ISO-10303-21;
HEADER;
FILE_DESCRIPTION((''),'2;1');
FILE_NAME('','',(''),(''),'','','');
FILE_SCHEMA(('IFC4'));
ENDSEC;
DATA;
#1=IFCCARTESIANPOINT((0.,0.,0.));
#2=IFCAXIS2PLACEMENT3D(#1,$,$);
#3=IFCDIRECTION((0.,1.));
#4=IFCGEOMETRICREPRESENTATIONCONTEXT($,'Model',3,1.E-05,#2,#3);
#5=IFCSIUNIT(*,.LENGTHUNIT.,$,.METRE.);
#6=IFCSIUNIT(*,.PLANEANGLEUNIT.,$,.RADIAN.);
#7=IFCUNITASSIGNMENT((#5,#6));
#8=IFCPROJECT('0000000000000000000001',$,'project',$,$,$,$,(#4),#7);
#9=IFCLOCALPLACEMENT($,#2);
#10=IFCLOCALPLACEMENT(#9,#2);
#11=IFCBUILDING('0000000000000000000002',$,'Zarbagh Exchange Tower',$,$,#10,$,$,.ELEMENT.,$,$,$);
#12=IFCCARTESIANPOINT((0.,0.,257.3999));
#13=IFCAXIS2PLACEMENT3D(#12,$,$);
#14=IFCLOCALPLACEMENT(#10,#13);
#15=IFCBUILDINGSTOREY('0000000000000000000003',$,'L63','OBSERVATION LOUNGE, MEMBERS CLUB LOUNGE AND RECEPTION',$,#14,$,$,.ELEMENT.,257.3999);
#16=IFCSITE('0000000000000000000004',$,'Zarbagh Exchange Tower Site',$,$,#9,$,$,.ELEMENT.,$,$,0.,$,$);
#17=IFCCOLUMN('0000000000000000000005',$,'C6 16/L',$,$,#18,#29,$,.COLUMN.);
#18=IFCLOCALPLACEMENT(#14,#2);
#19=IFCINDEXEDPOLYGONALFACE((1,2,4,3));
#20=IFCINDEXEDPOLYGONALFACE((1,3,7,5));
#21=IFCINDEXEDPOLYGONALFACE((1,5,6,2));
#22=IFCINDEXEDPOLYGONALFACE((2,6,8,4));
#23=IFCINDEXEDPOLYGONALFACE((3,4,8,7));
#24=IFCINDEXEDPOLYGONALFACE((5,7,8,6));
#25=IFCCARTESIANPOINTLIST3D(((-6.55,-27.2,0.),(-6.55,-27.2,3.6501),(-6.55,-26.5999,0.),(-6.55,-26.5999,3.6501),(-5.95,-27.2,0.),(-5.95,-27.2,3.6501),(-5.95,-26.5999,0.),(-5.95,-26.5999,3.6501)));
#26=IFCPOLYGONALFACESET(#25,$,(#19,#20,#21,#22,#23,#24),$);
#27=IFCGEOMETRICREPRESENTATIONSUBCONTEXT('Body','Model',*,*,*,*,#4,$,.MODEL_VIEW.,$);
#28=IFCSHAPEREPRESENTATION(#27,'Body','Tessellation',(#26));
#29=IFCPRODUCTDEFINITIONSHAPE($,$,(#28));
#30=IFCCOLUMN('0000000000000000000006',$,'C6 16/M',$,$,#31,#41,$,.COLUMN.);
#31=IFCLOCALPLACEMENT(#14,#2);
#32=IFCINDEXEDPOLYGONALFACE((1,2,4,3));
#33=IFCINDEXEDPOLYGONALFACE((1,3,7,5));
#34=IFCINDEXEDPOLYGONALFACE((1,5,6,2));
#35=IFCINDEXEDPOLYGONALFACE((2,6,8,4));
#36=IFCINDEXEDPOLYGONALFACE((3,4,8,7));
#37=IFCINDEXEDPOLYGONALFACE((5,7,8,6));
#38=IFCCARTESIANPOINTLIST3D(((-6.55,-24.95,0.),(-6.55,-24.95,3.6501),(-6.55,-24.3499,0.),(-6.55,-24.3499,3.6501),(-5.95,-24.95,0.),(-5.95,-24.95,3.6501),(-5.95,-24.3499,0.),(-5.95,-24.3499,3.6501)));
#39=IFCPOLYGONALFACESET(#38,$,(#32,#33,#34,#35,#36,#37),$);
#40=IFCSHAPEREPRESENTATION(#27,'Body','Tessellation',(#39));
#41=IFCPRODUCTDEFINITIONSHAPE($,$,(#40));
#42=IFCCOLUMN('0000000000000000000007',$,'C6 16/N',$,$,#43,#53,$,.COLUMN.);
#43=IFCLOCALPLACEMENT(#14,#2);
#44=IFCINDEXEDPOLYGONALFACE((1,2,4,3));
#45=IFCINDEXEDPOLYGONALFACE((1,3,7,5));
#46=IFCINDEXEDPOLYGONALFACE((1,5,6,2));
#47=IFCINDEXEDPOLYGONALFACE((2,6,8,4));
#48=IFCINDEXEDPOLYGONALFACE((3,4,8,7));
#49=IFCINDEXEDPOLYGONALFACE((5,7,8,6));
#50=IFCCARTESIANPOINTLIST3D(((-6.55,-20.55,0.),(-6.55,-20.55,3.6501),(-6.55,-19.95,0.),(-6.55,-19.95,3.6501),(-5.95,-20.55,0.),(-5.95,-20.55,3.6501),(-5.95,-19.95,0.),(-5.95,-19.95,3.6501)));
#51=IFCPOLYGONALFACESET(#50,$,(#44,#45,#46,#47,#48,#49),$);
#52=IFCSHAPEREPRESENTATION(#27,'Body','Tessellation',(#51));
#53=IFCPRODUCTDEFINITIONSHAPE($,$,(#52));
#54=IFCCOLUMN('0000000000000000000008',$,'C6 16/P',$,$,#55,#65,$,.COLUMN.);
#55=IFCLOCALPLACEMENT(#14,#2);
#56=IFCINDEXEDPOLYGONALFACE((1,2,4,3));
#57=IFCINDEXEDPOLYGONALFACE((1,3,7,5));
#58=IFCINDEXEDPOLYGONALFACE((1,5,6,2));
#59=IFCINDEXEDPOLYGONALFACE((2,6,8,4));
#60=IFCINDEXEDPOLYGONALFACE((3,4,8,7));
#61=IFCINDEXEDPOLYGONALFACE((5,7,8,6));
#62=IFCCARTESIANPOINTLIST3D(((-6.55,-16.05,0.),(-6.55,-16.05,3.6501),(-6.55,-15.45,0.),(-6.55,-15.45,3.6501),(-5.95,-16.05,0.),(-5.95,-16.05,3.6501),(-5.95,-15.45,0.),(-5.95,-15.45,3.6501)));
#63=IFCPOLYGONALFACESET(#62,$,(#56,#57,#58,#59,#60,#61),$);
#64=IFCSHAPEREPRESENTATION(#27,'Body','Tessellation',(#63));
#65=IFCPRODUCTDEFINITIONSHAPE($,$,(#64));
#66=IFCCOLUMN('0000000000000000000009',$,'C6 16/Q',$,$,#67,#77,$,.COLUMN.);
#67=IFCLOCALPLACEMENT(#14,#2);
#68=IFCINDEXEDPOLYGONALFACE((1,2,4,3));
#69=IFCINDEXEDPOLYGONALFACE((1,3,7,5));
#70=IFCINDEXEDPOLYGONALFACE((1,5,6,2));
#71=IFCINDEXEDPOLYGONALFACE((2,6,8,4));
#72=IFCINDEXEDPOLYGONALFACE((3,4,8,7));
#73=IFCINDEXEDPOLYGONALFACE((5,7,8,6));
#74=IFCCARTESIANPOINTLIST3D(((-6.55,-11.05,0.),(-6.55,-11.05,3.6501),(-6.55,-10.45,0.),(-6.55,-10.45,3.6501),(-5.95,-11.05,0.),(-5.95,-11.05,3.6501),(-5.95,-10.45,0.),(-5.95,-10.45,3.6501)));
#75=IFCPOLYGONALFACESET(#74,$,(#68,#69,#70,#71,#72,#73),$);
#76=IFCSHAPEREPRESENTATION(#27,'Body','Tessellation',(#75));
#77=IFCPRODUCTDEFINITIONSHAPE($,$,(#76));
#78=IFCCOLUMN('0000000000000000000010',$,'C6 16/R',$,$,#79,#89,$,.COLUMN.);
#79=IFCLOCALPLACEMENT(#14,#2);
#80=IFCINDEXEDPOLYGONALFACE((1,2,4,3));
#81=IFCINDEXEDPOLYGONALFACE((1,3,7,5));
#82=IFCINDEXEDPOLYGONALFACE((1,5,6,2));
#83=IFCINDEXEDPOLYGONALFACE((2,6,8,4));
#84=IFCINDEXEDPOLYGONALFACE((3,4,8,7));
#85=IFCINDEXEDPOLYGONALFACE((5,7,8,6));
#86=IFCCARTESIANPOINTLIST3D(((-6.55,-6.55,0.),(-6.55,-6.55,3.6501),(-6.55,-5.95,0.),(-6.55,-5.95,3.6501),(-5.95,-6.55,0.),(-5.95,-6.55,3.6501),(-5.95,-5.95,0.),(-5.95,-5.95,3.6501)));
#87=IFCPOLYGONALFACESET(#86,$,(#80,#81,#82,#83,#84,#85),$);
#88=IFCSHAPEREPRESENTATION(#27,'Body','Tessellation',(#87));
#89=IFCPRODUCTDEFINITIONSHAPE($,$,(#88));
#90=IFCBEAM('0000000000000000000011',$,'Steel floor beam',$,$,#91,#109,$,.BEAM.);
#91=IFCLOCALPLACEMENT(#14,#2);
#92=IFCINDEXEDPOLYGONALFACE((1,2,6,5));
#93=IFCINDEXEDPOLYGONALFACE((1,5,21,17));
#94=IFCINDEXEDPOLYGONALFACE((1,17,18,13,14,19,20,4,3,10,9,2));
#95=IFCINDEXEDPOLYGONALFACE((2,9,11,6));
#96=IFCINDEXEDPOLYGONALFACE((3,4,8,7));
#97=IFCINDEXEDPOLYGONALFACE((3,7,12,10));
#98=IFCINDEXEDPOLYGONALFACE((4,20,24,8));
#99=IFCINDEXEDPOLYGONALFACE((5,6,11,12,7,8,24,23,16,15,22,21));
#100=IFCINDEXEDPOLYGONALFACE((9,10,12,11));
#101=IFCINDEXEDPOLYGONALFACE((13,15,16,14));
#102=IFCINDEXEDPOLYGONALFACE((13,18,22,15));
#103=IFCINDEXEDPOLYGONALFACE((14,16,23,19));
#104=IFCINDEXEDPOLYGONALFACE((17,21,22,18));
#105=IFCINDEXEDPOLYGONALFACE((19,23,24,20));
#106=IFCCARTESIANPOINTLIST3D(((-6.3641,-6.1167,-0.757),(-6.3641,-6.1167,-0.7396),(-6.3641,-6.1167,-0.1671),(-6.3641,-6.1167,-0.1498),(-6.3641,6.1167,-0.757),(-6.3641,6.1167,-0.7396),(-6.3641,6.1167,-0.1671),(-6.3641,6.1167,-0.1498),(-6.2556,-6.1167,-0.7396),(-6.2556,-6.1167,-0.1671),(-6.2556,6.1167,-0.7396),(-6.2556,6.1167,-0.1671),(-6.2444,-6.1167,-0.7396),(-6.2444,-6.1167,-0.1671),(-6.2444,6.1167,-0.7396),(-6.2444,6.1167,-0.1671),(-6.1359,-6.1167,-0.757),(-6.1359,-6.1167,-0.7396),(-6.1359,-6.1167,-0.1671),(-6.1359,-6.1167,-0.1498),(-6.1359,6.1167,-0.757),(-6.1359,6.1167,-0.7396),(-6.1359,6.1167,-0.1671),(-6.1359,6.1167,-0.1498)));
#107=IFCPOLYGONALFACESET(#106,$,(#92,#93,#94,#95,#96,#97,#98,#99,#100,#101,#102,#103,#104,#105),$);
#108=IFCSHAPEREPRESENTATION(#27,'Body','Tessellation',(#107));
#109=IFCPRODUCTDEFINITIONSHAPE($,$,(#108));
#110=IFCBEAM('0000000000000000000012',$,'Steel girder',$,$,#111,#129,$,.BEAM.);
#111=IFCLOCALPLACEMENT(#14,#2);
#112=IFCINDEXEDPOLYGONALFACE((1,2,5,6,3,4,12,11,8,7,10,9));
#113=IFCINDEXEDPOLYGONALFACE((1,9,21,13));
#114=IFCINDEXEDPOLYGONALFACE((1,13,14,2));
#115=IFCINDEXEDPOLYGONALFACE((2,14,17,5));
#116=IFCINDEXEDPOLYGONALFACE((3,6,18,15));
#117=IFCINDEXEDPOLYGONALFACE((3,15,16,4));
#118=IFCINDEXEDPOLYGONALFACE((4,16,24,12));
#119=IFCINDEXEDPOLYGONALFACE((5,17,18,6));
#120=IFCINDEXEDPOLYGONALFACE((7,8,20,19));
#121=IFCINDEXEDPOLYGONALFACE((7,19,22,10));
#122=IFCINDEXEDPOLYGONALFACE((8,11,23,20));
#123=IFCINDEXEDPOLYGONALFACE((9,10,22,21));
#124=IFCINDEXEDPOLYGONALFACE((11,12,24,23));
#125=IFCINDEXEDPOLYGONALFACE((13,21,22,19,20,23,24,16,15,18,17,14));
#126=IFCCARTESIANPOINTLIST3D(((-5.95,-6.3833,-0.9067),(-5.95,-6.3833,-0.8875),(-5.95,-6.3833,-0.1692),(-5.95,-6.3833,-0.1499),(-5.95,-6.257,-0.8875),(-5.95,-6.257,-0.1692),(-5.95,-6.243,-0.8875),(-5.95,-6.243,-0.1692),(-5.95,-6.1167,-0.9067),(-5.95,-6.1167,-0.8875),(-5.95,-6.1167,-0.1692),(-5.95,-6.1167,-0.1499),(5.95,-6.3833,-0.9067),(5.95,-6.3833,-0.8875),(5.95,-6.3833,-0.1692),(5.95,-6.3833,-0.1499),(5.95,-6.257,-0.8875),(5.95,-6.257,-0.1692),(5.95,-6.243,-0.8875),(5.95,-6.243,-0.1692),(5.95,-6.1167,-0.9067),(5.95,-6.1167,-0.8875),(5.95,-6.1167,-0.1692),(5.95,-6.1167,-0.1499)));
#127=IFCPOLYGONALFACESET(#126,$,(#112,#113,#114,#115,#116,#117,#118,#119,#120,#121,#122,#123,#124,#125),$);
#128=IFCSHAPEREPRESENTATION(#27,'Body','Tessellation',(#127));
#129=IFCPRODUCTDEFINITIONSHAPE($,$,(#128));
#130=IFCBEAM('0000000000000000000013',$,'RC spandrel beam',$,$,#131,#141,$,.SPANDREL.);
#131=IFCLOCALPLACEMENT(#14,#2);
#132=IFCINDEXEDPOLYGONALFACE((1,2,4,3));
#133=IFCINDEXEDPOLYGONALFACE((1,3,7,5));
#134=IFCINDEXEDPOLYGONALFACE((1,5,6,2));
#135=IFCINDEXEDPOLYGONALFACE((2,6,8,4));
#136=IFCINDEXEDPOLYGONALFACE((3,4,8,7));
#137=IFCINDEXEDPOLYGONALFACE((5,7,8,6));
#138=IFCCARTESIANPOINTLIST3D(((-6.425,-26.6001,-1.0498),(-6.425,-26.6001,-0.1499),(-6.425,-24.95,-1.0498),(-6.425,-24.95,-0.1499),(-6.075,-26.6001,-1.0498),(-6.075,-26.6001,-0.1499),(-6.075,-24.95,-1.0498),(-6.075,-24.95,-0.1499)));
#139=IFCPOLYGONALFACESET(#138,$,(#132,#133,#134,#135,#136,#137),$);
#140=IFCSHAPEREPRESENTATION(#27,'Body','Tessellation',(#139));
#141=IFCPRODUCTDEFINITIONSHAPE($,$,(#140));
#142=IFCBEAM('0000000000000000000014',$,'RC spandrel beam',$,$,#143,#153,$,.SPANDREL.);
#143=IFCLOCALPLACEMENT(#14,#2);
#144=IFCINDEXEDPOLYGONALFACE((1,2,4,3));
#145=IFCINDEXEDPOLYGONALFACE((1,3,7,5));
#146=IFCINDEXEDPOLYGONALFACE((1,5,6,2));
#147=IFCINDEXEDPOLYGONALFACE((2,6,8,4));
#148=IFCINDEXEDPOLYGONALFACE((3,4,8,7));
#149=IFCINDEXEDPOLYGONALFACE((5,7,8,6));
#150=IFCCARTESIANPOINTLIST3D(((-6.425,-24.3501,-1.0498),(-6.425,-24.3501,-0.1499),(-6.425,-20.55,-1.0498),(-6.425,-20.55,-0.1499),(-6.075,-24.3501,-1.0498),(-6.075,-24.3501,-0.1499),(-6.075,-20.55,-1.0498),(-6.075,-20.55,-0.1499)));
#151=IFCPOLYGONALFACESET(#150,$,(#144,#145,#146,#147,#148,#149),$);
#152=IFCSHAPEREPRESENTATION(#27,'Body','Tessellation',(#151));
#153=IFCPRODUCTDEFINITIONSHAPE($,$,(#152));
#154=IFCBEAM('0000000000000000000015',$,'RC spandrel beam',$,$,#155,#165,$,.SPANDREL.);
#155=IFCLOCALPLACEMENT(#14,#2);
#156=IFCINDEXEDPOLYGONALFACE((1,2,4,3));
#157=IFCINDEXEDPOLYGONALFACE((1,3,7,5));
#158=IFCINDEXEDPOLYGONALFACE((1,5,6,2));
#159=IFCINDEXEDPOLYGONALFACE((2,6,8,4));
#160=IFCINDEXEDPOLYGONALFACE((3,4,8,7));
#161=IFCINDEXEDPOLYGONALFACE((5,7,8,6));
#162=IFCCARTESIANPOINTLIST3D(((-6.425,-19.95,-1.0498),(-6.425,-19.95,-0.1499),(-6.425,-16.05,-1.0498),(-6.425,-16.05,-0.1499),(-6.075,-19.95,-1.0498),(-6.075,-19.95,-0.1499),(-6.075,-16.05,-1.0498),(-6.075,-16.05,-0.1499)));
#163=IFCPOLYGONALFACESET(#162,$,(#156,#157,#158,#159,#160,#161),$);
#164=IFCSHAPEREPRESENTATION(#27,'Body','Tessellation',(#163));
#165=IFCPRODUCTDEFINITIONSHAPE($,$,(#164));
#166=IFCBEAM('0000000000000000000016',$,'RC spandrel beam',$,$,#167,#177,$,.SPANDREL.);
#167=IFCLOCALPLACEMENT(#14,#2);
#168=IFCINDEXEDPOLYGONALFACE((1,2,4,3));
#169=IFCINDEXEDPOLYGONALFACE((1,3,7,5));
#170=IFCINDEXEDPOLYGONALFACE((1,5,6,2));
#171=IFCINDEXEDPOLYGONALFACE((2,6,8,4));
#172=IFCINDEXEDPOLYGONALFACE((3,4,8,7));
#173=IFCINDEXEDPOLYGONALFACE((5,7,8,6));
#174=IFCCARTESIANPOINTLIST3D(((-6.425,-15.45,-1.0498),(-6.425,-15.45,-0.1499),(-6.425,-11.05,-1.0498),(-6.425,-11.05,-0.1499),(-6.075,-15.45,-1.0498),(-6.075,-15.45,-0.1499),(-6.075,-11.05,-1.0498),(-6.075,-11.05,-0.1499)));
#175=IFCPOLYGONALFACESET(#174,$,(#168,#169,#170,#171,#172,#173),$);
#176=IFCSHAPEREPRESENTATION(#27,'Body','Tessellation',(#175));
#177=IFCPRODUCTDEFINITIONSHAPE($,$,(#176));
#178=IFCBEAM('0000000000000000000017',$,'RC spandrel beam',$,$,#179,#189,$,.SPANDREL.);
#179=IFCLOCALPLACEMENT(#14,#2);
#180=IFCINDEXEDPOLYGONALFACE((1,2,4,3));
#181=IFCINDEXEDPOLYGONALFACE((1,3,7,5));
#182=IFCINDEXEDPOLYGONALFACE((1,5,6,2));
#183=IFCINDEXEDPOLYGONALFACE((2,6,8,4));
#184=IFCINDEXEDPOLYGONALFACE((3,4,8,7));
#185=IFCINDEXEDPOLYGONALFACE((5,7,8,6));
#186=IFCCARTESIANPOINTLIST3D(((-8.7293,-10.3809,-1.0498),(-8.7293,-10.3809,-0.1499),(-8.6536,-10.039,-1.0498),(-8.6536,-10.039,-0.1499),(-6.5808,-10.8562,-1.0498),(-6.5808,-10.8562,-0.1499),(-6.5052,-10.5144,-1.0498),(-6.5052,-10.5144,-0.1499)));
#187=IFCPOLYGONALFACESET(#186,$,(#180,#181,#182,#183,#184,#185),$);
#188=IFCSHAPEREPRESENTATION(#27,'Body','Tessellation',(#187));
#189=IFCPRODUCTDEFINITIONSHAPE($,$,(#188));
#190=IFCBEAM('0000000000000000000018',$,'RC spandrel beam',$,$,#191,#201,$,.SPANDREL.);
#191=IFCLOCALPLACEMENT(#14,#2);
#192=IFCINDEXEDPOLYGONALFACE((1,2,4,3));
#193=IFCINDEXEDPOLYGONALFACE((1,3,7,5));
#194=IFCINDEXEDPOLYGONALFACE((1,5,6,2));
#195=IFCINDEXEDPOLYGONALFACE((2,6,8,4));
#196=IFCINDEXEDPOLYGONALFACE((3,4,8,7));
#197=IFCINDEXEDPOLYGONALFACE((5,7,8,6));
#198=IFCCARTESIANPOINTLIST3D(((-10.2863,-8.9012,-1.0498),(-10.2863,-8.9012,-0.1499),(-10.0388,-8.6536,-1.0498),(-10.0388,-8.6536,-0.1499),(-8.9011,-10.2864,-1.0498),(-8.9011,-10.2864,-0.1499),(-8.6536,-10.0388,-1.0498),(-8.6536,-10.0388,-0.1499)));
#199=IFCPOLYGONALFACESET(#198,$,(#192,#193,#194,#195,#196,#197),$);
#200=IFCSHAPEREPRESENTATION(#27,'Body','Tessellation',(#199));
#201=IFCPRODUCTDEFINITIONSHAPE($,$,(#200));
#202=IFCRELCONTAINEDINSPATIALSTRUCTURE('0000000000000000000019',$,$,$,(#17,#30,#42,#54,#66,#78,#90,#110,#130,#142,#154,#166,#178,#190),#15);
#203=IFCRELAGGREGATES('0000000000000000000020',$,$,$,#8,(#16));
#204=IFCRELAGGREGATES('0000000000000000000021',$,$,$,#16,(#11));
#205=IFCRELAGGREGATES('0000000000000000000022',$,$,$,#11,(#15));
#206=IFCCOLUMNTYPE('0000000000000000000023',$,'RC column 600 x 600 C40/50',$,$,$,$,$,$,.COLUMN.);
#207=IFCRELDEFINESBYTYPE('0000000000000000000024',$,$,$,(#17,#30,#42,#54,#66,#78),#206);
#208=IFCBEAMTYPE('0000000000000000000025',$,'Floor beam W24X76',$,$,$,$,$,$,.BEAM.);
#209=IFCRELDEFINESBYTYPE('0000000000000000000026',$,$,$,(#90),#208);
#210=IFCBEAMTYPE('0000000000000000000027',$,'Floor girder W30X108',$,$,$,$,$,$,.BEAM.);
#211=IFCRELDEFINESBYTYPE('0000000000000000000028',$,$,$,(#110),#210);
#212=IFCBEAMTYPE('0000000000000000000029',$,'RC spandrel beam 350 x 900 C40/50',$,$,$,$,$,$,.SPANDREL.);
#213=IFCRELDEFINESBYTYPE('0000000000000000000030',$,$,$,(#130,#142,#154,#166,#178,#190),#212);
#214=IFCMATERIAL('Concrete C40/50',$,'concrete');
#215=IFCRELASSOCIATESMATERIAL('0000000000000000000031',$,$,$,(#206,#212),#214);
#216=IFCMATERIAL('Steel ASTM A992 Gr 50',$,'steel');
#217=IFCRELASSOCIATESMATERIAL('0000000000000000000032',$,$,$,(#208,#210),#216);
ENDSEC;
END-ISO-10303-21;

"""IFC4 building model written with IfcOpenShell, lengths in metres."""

from ifc_helpers import new_model, si_unit, direction, frame, origin, origin_2d, place, context, subcontext, project, spatial, rectangle, i_section, extrude, material, material_profile, profile_set, type_object, element, save


model = new_model("IFC4")

# Units and contexts
model_context = context("Model", 3, precision=1e-05, world=origin(), true_north=direction((0.0, 1.0)))
body_context = subcontext(model_context, "Body", "Model", "MODEL_VIEW")
ifc_project = project(units=[si_unit("LENGTHUNIT", "METRE"), si_unit("PLANEANGLEUNIT", "RADIAN")], contexts=[model_context])

# Site, building, storey
site_placement = place(None, origin())
site = spatial("IfcSite", under=ifc_project, at=site_placement, Name="Zarbagh Exchange Tower Site", CompositionType="ELEMENT", RefElevation=0.0)
building_placement = place(site_placement, origin())
building = spatial("IfcBuilding", under=site, at=building_placement, Name="Zarbagh Exchange Tower", CompositionType="ELEMENT")
storey_placement = place(building_placement, frame((0.0, 0.0, 257.3999)))
storey = spatial("IfcBuildingStorey", under=building, at=storey_placement, Name="L63", Description="OBSERVATION LOUNGE, MEMBERS CLUB LOUNGE AND RECEPTION", CompositionType="ELEMENT", Elevation=257.3999)

# Columns
ifc_material_1 = material(Name="Concrete C40/50", Category="concrete")
ifc_material_profile_1 = material_profile(ifc_material_1, rectangle(XDim=0.6001, YDim=0.6001, at=origin_2d()), Name="RC column 600 x 600 C40/50")
ifc_profile_set_1 = profile_set([ifc_material_profile_1], Name="Concrete C40/50")
column_type = type_object("IfcColumnType", Name="RC column 600 x 600 C40/50", PredefinedType="COLUMN", material=ifc_profile_set_1)
for number, where, z_axis, x_axis, name in (
    (1, (-6.25, -26.8999, 0.0), (0.0, 0.0, 1.0), (1.0, 0.0, 0.0), "C6 16/L"),
    (2, (-6.25, -24.6499, 0.0), (0.0, 0.0, 1.0), (1.0, 0.0, 0.0), "C6 16/M"),
    (3, (-6.25, -20.25, 0.0), (0.0, 0.0, 1.0), (1.0, 0.0, 0.0), "C6 16/N"),
    (4, (-6.25, -15.75, 0.0), (0.0, 0.0, 1.0), (1.0, 0.0, 0.0), "C6 16/P"),
    (5, (-6.25, -10.75, 0.0), (0.0, 0.0, 1.0), (1.0, 0.0, 0.0), "C6 16/Q"),
    (6, (-6.25, -6.25, 0.0), (0.0, 0.0, 1.0), (1.0, 0.0, 0.0), "C6 16/R"),
):
    element("IfcColumn", number, at=place(storey_placement, frame(where, z_axis=z_axis, x_axis=x_axis)), inside=storey, type_object=column_type, Name=name, PredefinedType="COLUMN", context=body_context, shape_type="SweptSolid", body=[
        extrude(rectangle(XDim=0.6001, YDim=0.6001, at=origin_2d()), origin(), (0.0, 0.0, 1.0), 3.6501),
    ])

# Beams
ifc_material_2 = material(Name="Steel ASTM A992 Gr 50", Category="steel")
ifc_material_profile_2 = material_profile(ifc_material_2, i_section(OverallWidth=0.2283, OverallDepth=0.6072, WebThickness=0.0112, FlangeThickness=0.0173, at=origin_2d()), Name="W24X76")
ifc_profile_set_2 = profile_set([ifc_material_profile_2], Name="Steel ASTM A992 Gr 50")
beam_type_1 = type_object("IfcBeamType", Name="Floor beam W24X76", PredefinedType="BEAM", material=ifc_profile_set_2)
beam_1_placement = place(storey_placement, frame((-6.25, -6.1167, -0.4534), z_axis=(0.0, 1.0, 0.0), x_axis=(-1.0, 0.0, 0.0)))
element("IfcBeam", 7, at=beam_1_placement, inside=storey, type_object=beam_type_1, Name="Steel floor beam", PredefinedType="BEAM", context=body_context, shape_type="SweptSolid", body=[
    extrude(i_section(OverallWidth=0.2283, OverallDepth=0.6072, WebThickness=0.0112, FlangeThickness=0.0173, at=origin_2d()), origin(), (0.0, 0.0, 1.0), 12.2334),
])
ifc_material_profile_3 = material_profile(ifc_material_2, i_section(OverallWidth=0.2666, OverallDepth=0.7568, WebThickness=0.0139, FlangeThickness=0.0193, at=origin_2d()), Name="W30X108")
ifc_profile_set_3 = profile_set([ifc_material_profile_3], Name="Steel ASTM A992 Gr 50")
beam_type_2 = type_object("IfcBeamType", Name="Floor girder W30X108", PredefinedType="BEAM", material=ifc_profile_set_3)
beam_2_placement = place(storey_placement, frame((-5.95, -6.25, -0.5283), z_axis=(1.0, 0.0, 0.0), x_axis=(0.0, 1.0, 0.0)))
element("IfcBeam", 8, at=beam_2_placement, inside=storey, type_object=beam_type_2, Name="Steel girder", PredefinedType="BEAM", context=body_context, shape_type="SweptSolid", body=[
    extrude(i_section(OverallWidth=0.2666, OverallDepth=0.7568, WebThickness=0.0139, FlangeThickness=0.0193, at=origin_2d()), origin(), (0.0, 0.0, 1.0), 11.8999),
])
ifc_material_profile_4 = material_profile(ifc_material_1, rectangle(XDim=0.3501, YDim=0.8999, at=origin_2d()), Name="RC spandrel beam 350 x 900 C40/50")
ifc_profile_set_4 = profile_set([ifc_material_profile_4], Name="Concrete C40/50")
beam_type_3 = type_object("IfcBeamType", Name="RC spandrel beam 350 x 900 C40/50", PredefinedType="SPANDREL", material=ifc_profile_set_4)
beam_3_placement = place(storey_placement, frame((-6.25, -26.6001, -0.5999), z_axis=(0.0, 1.0, 0.0), x_axis=(-1.0, 0.0, 0.0)))
element("IfcBeam", 9, at=beam_3_placement, inside=storey, type_object=beam_type_3, Name="RC spandrel beam", PredefinedType="SPANDREL", context=body_context, shape_type="SweptSolid", body=[
    extrude(rectangle(XDim=0.3501, YDim=0.8999, at=origin_2d()), origin(), (0.0, 0.0, 1.0), 1.6501),
])
beam_4_placement = place(storey_placement, frame((-6.25, -24.3501, -0.5999), z_axis=(0.0, 1.0, 0.0), x_axis=(-1.0, 0.0, 0.0)))
element("IfcBeam", 10, at=beam_4_placement, inside=storey, type_object=beam_type_3, Name="RC spandrel beam", PredefinedType="SPANDREL", context=body_context, shape_type="SweptSolid", body=[
    extrude(rectangle(XDim=0.3501, YDim=0.8999, at=origin_2d()), origin(), (0.0, 0.0, 1.0), 3.8),
])
beam_5_placement = place(storey_placement, frame((-6.25, -19.95, -0.5999), z_axis=(0.0, 1.0, 0.0), x_axis=(-1.0, 0.0, 0.0)))
element("IfcBeam", 11, at=beam_5_placement, inside=storey, type_object=beam_type_3, Name="RC spandrel beam", PredefinedType="SPANDREL", context=body_context, shape_type="SweptSolid", body=[
    extrude(rectangle(XDim=0.3501, YDim=0.8999, at=origin_2d()), origin(), (0.0, 0.0, 1.0), 3.8999),
])
beam_6_placement = place(storey_placement, frame((-6.25, -15.45, -0.5999), z_axis=(0.0, 1.0, 0.0), x_axis=(-1.0, 0.0, 0.0)))
element("IfcBeam", 12, at=beam_6_placement, inside=storey, type_object=beam_type_3, Name="RC spandrel beam", PredefinedType="SPANDREL", context=body_context, shape_type="SweptSolid", body=[
    extrude(rectangle(XDim=0.3501, YDim=0.8999, at=origin_2d()), origin(), (0.0, 0.0, 1.0), 4.3999),
])
beam_7_placement = place(storey_placement, frame((-6.543, -10.6853, -0.5999), z_axis=(-0.976388, 0.216026, 0.0), x_axis=(-0.216026, -0.976388, 0.0)))
element("IfcBeam", 13, at=beam_7_placement, inside=storey, type_object=beam_type_3, Name="RC spandrel beam", PredefinedType="SPANDREL", context=body_context, shape_type="SweptSolid", body=[
    extrude(rectangle(XDim=0.3501, YDim=0.8999, at=origin_2d()), origin(), (0.0, 0.0, 1.0), 2.2004),
])
beam_8_placement = place(storey_placement, frame((-8.7773, -10.1626, -0.5999), z_axis=(-0.707107, 0.707107, 0.0), x_axis=(-0.707107, -0.707107, 0.0)))
element("IfcBeam", 14, at=beam_8_placement, inside=storey, type_object=beam_type_3, Name="RC spandrel beam", PredefinedType="SPANDREL", context=body_context, shape_type="SweptSolid", body=[
    extrude(rectangle(XDim=0.3501, YDim=0.8999, at=origin_2d()), origin(), (0.0, 0.0, 1.0), 1.959),
])

save(model, "model.ifc")
